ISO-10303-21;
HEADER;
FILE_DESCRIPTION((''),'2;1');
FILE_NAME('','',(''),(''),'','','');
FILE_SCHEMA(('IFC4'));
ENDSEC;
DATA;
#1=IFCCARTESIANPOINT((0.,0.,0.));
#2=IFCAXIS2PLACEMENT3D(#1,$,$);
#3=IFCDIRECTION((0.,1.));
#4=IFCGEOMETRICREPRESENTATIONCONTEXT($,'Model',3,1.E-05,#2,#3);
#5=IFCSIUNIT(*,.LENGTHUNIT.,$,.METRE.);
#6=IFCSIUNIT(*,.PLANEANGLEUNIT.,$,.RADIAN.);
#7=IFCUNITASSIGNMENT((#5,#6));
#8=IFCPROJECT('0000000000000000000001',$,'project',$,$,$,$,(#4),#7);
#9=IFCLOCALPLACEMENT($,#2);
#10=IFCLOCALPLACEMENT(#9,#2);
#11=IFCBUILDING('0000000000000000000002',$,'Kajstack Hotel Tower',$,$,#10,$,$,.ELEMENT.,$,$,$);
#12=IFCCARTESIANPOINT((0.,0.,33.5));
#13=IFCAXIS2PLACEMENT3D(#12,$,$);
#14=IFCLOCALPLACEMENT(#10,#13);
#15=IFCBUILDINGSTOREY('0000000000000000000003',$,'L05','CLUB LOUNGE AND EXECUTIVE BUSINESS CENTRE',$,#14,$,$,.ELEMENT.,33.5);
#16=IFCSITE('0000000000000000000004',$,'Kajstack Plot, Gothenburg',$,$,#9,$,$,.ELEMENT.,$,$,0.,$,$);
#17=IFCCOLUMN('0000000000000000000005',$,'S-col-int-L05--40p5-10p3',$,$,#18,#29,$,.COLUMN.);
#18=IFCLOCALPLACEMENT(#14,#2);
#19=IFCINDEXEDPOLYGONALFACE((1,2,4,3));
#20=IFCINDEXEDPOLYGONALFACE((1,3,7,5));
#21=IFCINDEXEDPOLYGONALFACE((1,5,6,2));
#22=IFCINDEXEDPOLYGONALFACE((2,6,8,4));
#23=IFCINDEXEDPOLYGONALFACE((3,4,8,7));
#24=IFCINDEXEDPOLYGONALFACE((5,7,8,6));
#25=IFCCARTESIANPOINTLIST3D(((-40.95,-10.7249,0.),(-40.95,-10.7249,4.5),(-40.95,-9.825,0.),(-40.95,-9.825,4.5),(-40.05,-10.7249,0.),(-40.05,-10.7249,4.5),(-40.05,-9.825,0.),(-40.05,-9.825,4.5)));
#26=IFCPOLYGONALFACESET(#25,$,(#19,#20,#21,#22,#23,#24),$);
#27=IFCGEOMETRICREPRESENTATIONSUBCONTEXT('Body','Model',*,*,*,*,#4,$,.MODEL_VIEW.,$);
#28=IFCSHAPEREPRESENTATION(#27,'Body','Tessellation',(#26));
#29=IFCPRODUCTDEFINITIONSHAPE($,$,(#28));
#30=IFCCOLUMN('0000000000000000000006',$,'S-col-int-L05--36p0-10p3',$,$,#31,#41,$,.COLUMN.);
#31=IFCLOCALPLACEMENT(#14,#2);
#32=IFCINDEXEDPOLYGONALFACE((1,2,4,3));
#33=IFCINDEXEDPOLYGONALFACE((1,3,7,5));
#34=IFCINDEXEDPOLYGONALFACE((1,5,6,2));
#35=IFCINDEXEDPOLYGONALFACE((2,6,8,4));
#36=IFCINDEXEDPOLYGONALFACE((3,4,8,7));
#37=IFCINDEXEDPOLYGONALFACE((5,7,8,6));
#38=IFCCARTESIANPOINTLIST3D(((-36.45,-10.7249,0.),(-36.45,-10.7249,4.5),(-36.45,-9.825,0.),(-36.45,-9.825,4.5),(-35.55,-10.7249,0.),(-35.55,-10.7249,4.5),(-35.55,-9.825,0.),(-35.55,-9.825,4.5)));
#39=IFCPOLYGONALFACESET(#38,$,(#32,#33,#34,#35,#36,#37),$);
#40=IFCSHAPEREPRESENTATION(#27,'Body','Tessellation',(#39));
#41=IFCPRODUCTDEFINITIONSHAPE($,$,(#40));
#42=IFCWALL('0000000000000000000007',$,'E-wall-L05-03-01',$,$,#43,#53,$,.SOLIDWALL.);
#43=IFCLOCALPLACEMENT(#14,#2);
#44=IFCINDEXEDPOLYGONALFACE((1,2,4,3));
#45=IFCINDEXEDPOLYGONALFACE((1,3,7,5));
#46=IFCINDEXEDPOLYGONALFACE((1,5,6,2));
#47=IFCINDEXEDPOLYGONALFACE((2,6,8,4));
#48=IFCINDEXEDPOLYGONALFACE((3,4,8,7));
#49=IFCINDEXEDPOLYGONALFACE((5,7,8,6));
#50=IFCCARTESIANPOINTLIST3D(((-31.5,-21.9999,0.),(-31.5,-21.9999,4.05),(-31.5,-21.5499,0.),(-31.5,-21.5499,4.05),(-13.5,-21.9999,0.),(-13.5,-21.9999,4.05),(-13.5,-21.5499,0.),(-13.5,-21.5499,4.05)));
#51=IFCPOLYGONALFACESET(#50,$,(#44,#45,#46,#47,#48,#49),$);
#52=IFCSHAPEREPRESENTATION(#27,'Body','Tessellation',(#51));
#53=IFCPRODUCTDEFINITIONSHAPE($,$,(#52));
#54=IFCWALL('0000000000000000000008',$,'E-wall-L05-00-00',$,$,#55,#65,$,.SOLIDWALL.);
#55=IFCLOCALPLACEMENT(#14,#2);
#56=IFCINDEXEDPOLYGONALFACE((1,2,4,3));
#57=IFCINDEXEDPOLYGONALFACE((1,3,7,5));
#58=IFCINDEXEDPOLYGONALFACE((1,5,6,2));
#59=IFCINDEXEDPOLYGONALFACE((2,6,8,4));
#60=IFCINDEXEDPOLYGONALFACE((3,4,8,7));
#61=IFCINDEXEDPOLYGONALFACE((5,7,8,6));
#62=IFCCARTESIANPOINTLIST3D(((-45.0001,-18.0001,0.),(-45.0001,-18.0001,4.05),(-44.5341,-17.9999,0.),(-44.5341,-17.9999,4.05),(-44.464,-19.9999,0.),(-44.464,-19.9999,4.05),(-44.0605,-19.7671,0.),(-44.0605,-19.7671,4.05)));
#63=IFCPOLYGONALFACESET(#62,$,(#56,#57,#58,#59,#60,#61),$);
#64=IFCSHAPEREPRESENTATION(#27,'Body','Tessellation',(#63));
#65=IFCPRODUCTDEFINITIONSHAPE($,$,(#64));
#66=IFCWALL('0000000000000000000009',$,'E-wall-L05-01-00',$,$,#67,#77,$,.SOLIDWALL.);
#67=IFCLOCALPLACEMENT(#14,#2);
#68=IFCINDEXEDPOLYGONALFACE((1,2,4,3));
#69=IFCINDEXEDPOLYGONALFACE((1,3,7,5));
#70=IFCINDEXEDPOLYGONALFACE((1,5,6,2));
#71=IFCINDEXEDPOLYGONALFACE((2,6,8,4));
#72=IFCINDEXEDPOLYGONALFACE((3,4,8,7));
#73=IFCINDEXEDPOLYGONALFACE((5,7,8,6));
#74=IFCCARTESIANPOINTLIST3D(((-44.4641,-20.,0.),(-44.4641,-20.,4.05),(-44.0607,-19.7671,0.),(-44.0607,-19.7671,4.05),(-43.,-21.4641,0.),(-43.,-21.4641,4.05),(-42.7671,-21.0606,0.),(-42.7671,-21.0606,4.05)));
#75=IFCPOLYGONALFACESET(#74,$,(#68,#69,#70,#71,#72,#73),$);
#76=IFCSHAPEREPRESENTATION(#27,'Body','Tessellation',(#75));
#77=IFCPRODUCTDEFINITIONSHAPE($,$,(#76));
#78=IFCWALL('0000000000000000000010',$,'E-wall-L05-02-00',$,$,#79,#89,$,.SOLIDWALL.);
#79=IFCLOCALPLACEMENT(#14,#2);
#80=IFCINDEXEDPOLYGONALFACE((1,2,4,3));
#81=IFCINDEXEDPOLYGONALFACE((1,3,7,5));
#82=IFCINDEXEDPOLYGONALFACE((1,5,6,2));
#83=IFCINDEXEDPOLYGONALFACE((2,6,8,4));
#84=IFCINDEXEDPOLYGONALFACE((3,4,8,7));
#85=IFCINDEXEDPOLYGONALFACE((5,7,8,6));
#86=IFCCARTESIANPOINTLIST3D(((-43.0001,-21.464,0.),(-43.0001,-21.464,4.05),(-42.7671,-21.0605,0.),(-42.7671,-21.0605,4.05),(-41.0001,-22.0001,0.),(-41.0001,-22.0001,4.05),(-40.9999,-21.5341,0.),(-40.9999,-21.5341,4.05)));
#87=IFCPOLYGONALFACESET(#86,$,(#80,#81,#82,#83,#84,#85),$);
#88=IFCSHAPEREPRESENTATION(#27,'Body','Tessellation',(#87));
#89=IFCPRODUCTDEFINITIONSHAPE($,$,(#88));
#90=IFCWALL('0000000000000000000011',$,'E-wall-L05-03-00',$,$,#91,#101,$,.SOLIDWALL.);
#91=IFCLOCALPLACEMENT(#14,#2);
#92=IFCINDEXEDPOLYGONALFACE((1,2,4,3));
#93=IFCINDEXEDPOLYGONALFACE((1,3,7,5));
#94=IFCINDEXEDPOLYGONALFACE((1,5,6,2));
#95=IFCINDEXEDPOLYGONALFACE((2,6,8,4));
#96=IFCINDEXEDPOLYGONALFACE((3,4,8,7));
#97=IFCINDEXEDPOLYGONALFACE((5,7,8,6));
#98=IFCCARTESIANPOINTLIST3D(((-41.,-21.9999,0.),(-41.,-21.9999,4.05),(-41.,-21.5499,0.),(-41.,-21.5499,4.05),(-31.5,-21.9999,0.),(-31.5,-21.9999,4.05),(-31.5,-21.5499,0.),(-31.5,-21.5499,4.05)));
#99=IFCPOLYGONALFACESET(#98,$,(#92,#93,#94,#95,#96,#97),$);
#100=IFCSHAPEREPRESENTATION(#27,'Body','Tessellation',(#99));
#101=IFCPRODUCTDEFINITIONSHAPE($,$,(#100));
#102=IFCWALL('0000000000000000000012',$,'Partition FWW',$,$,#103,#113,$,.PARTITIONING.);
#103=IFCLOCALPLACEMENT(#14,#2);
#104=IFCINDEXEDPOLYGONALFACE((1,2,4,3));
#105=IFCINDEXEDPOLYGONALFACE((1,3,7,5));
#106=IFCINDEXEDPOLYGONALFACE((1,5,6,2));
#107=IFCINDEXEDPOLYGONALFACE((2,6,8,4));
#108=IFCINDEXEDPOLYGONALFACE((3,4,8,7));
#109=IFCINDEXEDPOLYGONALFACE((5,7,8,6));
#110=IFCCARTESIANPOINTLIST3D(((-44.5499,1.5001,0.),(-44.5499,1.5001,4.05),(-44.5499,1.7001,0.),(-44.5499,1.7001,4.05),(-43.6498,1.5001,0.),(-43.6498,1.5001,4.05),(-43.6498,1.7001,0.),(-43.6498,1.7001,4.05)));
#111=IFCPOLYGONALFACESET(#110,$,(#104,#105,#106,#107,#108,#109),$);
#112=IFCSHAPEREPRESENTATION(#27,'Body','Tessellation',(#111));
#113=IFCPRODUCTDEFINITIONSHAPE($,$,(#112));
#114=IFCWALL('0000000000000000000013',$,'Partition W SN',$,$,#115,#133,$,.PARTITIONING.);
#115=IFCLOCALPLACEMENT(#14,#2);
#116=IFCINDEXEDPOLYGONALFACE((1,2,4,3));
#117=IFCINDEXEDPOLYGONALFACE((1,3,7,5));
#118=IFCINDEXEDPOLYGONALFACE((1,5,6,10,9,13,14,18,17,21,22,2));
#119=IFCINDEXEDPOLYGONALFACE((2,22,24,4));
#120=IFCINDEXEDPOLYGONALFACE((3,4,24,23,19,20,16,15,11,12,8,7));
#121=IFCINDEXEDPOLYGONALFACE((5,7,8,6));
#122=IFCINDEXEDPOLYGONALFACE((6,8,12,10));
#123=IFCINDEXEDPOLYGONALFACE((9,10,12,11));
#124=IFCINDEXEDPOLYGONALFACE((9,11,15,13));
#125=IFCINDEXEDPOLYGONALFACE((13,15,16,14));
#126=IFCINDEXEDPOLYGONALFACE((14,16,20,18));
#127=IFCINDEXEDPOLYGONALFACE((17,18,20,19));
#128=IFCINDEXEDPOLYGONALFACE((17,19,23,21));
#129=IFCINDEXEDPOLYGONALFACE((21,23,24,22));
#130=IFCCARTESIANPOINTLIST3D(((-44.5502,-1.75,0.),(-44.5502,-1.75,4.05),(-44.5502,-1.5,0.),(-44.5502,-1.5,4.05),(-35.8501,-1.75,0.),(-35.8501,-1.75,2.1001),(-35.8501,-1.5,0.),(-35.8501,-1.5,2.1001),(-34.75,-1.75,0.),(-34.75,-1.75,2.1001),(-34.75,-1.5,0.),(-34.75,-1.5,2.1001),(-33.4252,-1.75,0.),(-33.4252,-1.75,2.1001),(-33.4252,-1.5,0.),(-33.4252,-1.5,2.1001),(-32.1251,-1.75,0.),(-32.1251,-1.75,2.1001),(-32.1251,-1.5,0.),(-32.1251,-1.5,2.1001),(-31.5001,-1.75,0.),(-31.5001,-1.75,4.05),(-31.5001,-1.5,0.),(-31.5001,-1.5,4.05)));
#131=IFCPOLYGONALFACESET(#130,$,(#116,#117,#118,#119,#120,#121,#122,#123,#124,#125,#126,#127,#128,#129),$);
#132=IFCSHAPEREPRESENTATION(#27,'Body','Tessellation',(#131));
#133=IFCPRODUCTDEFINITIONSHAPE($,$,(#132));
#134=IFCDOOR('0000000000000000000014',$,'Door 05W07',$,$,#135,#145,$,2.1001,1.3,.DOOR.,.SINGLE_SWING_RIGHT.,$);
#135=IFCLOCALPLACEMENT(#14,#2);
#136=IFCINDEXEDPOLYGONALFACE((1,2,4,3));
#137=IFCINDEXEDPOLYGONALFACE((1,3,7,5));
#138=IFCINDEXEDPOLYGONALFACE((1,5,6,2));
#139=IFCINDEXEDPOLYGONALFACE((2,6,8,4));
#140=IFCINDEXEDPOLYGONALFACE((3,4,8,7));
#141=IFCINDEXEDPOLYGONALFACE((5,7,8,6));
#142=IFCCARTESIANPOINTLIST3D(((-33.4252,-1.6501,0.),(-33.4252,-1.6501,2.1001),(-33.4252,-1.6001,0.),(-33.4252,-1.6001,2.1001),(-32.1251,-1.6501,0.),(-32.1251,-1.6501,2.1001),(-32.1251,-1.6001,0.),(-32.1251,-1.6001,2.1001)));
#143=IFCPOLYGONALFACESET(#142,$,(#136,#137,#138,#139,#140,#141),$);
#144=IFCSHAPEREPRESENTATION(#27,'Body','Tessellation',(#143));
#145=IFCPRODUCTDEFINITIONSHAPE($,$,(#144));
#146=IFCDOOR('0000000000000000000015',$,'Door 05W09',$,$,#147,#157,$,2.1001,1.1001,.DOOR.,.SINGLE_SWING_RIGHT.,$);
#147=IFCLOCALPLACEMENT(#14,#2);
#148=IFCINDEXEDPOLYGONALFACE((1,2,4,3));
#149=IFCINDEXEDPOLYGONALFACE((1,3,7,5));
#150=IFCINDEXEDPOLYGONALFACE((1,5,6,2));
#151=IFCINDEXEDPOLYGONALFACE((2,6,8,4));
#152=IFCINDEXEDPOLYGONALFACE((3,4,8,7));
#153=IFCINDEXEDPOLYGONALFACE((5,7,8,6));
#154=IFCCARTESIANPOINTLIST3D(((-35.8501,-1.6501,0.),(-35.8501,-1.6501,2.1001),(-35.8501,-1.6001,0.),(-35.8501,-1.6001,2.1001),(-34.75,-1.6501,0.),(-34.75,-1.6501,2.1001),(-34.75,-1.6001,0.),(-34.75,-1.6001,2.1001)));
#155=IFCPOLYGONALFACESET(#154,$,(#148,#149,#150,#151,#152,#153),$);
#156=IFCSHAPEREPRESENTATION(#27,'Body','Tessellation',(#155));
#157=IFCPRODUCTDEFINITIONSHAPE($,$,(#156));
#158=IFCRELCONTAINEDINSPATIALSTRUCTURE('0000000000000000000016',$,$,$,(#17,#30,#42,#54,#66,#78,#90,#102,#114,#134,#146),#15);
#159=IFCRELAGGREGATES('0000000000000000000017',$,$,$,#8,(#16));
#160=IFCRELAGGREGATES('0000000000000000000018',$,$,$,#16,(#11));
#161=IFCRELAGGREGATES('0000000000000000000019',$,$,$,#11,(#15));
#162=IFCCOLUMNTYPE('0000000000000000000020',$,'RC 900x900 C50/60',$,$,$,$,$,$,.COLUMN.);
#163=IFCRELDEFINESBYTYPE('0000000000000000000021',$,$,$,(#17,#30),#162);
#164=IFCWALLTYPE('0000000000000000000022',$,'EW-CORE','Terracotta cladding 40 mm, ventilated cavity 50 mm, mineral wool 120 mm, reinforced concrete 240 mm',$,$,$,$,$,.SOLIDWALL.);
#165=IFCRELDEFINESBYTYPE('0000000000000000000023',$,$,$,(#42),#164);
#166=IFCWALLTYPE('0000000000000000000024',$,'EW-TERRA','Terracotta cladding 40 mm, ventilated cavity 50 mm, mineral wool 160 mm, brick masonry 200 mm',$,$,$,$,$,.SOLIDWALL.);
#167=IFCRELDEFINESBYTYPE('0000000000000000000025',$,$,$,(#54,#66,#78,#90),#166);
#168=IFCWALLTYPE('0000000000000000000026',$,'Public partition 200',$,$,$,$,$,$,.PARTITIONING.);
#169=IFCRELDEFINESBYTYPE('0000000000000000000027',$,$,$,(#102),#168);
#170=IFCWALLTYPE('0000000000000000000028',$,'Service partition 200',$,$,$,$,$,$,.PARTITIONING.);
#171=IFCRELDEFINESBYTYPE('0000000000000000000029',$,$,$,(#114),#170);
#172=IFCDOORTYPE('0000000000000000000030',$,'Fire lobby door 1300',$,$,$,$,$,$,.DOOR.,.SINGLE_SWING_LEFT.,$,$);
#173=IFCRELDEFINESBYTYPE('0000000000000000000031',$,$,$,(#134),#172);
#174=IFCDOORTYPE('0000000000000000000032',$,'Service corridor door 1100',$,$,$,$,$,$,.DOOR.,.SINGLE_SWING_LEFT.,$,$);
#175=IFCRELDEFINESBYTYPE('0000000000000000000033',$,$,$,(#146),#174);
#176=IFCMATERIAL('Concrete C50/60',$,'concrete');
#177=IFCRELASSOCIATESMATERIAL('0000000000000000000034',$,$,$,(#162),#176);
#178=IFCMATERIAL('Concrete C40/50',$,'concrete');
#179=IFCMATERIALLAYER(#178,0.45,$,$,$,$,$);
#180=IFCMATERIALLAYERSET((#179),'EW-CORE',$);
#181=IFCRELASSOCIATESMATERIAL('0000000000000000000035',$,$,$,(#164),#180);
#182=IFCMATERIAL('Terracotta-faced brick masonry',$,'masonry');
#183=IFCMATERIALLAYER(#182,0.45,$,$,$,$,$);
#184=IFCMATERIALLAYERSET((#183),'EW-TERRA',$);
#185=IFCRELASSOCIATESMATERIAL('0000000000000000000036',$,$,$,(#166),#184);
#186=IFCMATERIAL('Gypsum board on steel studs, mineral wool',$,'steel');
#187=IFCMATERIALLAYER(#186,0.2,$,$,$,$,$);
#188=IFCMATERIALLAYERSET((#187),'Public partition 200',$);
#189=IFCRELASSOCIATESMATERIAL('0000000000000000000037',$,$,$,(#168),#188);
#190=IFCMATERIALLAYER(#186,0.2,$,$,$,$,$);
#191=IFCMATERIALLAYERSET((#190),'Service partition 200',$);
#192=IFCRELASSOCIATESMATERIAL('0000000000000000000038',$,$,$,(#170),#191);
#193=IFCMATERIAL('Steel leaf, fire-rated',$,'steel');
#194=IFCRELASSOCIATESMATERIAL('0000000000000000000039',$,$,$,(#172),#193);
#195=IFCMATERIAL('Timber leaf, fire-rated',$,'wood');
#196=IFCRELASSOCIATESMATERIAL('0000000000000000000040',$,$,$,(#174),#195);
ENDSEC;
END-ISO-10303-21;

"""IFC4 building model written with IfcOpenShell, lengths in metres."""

from ifc_helpers import new_model, si_unit, direction, frame, frame_2d, origin, origin_2d, place, context, subcontext, project, spatial, polyline, rectangle, outline, extrude, material, layer, layer_set, material_profile, profile_set, type_object, element, fill, save


model = new_model("IFC4")

# Units and contexts
model_context = context("Model", 3, precision=1e-05, world=origin(), true_north=direction((0.0, 1.0)))
body_context = subcontext(model_context, "Body", "Model", "MODEL_VIEW")
ifc_project = project(units=[si_unit("LENGTHUNIT", "METRE"), si_unit("PLANEANGLEUNIT", "RADIAN")], contexts=[model_context])

# Site, building, storey
site_placement = place(None, origin())
site = spatial("IfcSite", under=ifc_project, at=site_placement, Name="Kajstack Plot, Gothenburg", CompositionType="ELEMENT", RefElevation=0.0)
building_placement = place(site_placement, origin())
building = spatial("IfcBuilding", under=site, at=building_placement, Name="Kajstack Hotel Tower", CompositionType="ELEMENT")
storey_placement = place(building_placement, frame((0.0, 0.0, 33.5)))
storey = spatial("IfcBuildingStorey", under=building, at=storey_placement, Name="L05", Description="CLUB LOUNGE AND EXECUTIVE BUSINESS CENTRE", CompositionType="ELEMENT", Elevation=33.5)

# Columns
ifc_material_1 = material(Name="Concrete C50/60", Category="concrete")
ifc_material_profile = material_profile(ifc_material_1, rectangle(XDim=0.8999, YDim=0.8999, at=origin_2d()), Name="RC 900x900")
ifc_profile_set = profile_set([ifc_material_profile], Name="Concrete C50/60")
column_type = type_object("IfcColumnType", Name="RC 900x900 C50/60", PredefinedType="COLUMN", material=ifc_profile_set)
for number, where, z_axis, x_axis, name in (
    (1, (-40.5, -10.2749, 0.0), (0.0, 0.0, 1.0), (1.0, 0.0, 0.0), "S-col-int-L05--40p5-10p3"),
    (2, (-36.0, -10.2749, 0.0), (0.0, 0.0, 1.0), (1.0, 0.0, 0.0), "S-col-int-L05--36p0-10p3"),
):
    element("IfcColumn", number, at=place(storey_placement, frame(where, z_axis=z_axis, x_axis=x_axis)), inside=storey, type_object=column_type, Name=name, PredefinedType="COLUMN", context=body_context, shape_type="SweptSolid", body=[
        extrude(rectangle(XDim=0.8999, YDim=0.8999, at=origin_2d()), origin(), (0.0, 0.0, 1.0), 4.5),
    ])

# Walls
ifc_material_2 = material(Name="Concrete C40/50", Category="concrete")
ifc_layer_1 = layer(ifc_material_2, 0.45)
ifc_layer_set_1 = layer_set([ifc_layer_1], Name="EW-CORE")
wall_type_1 = type_object("IfcWallType", Name="EW-CORE", Description="Terracotta cladding 40 mm, ventilated cavity 50 mm, mineral wool 120 mm, reinforced concrete 240 mm", PredefinedType="SOLIDWALL", material=ifc_layer_set_1)
wall_1_placement = place(storey_placement, frame((-31.5, -21.7749, 0.0), z_axis=(0.0, 0.0, 1.0), x_axis=(1.0, 0.0, 0.0)))
element("IfcWall", 3, at=wall_1_placement, inside=storey, type_object=wall_type_1, Name="E-wall-L05-03-01", PredefinedType="SOLIDWALL", context=body_context, shape_type="SweptSolid", body=[
    extrude(rectangle(XDim=18.0, YDim=0.45, at=frame_2d((9.0, 0.0))), origin(), (0.0, 0.0, 1.0), 4.05),
])
ifc_material_3 = material(Name="Terracotta-faced brick masonry", Category="masonry")
ifc_layer_2 = layer(ifc_material_3, 0.45)
ifc_layer_set_2 = layer_set([ifc_layer_2], Name="EW-TERRA")
wall_type_2 = type_object("IfcWallType", Name="EW-TERRA", Description="Terracotta cladding 40 mm, ventilated cavity 50 mm, mineral wool 160 mm, brick masonry 200 mm", PredefinedType="SOLIDWALL", material=ifc_layer_set_2)
wall_2_placement = place(storey_placement, frame((-44.7827, -17.9417, 0.0), z_axis=(0.0, 0.0, 1.0), x_axis=(0.258815, -0.965927, 0.0)))
element("IfcWall", 4, at=wall_2_placement, inside=storey, type_object=wall_type_2, Name="E-wall-L05-00-00", PredefinedType="SOLIDWALL", context=body_context, shape_type="SweptSolid", body=[
    extrude(outline(polyline([(0.0002, -0.2251), (2.0706, -0.2249), (1.9502, 0.2251), (0.1206, 0.2251), (0.0002, -0.2251)])), origin(), (0.0, 0.0, 1.0), 4.05),
])
wall_3_placement = place(storey_placement, frame((-44.3049, -19.8408, 0.0), z_axis=(0.0, 0.0, 1.0), x_axis=(0.707107, -0.707107, 0.0)))
element("IfcWall", 5, at=wall_3_placement, inside=storey, type_object=wall_type_2, Name="E-wall-L05-01-00", PredefinedType="SOLIDWALL", context=body_context, shape_type="SweptSolid", body=[
    extrude(outline(polyline([(0.0, -0.2251), (2.0706, -0.2251), (1.95, 0.2249), (0.1206, 0.2249), (0.0, -0.2251)])), origin(), (0.0, 0.0, 1.0), 4.05),
])
wall_4_placement = place(storey_placement, frame((-42.9417, -21.2468, 0.0), z_axis=(0.0, 0.0, 1.0), x_axis=(0.965927, -0.258815, 0.0)))
element("IfcWall", 6, at=wall_4_placement, inside=storey, type_object=wall_type_2, Name="E-wall-L05-02-00", PredefinedType="SOLIDWALL", context=body_context, shape_type="SweptSolid", body=[
    extrude(outline(polyline([(-0.0002, -0.2249), (2.0703, -0.2251), (1.95, 0.2251), (0.1204, 0.2251), (-0.0002, -0.2249)])), origin(), (0.0, 0.0, 1.0), 4.05),
])
wall_5_placement = place(storey_placement, frame((-41.0, -21.7749, 0.0), z_axis=(0.0, 0.0, 1.0), x_axis=(1.0, 0.0, 0.0)))
element("IfcWall", 7, at=wall_5_placement, inside=storey, type_object=wall_type_2, Name="E-wall-L05-03-00", PredefinedType="SOLIDWALL", context=body_context, shape_type="SweptSolid", body=[
    extrude(rectangle(XDim=9.5, YDim=0.45, at=frame_2d((4.75, 0.0))), origin(), (0.0, 0.0, 1.0), 4.05),
])
ifc_material_4 = material(Name="Gypsum board on steel studs, mineral wool", Category="steel")
ifc_layer_3 = layer(ifc_material_4, 0.2)
ifc_layer_set_3 = layer_set([ifc_layer_3], Name="Public partition 200")
wall_type_3 = type_object("IfcWallType", Name="Public partition 200", PredefinedType="PARTITIONING", material=ifc_layer_set_3)
wall_6_placement = place(storey_placement, frame((-44.55, 1.6001, 0.0), z_axis=(0.0, 0.0, 1.0), x_axis=(1.0, 0.0, 0.0)))
element("IfcWall", 8, at=wall_6_placement, inside=storey, type_object=wall_type_3, Name="Partition FWW", PredefinedType="PARTITIONING", context=body_context, shape_type="SweptSolid", body=[
    extrude(rectangle(XDim=0.9001, YDim=0.2, at=frame_2d((0.4502, 0.0))), origin(), (0.0, 0.0, 1.0), 4.05),
])

# Wall, openings, doors
ifc_layer_4 = layer(ifc_material_4, 0.2)
ifc_layer_set_4 = layer_set([ifc_layer_4], Name="Service partition 200")
wall_type_4 = type_object("IfcWallType", Name="Service partition 200", PredefinedType="PARTITIONING", material=ifc_layer_set_4)
wall_7_placement = place(storey_placement, frame((-44.55, -1.625, 0.0), z_axis=(0.0, 0.0, 1.0), x_axis=(1.0, 0.0, 0.0)))
wall_7 = element("IfcWall", 9, at=wall_7_placement, inside=storey, type_object=wall_type_4, Name="Partition W SN", PredefinedType="PARTITIONING", context=body_context, shape_type="SweptSolid", body=[
    extrude(rectangle(XDim=13.05, YDim=0.25, at=frame_2d((6.5249, 0.0))), origin(), (0.0, 0.0, 1.0), 4.05),
])
opening_1_placement = place(wall_7_placement, frame((11.125, 0.0, 0.0)))
opening_1 = element("IfcOpeningElement", 10, at=opening_1_placement, cuts=wall_7, PredefinedType="OPENING", context=body_context, shape_type="SweptSolid", body=[
    extrude(rectangle(XDim=1.3, YDim=2.1001, at=frame_2d((0.6499, 1.05))), frame((0.0, 0.135, 0.0), z_axis=(0.0, -1.0, 0.0), x_axis=(1.0, 0.0, 0.0)), (0.0, 0.0, 1.0), 0.27),
])
opening_2_placement = place(wall_7_placement, frame((8.7, 0.0, 0.0)))
opening_2 = element("IfcOpeningElement", 11, at=opening_2_placement, cuts=wall_7, PredefinedType="OPENING", context=body_context, shape_type="SweptSolid", body=[
    extrude(rectangle(XDim=1.1001, YDim=2.1001, at=frame_2d((0.55, 1.05))), frame((0.0, 0.135, 0.0), z_axis=(0.0, -1.0, 0.0), x_axis=(1.0, 0.0, 0.0)), (0.0, 0.0, 1.0), 0.27),
])
ifc_material_5 = material(Name="Steel leaf, fire-rated", Category="steel")
door_type_1 = type_object("IfcDoorType", Name="Fire lobby door 1300", OperationType="SINGLE_SWING_LEFT", PredefinedType="DOOR", material=ifc_material_5)
door_1_placement = place(opening_1_placement, origin())
door_1 = element("IfcDoor", 12, at=door_1_placement, inside=storey, type_object=door_type_1, Name="Door 05W07", OperationType="SINGLE_SWING_RIGHT", OverallHeight=2.1001, OverallWidth=1.3, PredefinedType="DOOR", context=body_context, shape_type="SweptSolid", body=[
    extrude(rectangle(XDim=1.3, YDim=2.1001, at=frame_2d((0.6499, 1.05))), frame((0.0, 0.0249, 0.0), z_axis=(0.0, -1.0, 0.0), x_axis=(1.0, 0.0, 0.0)), (0.0, 0.0, 1.0), 0.05),
])
fill(opening_1, door_1)
ifc_material_6 = material(Name="Timber leaf, fire-rated", Category="wood")
door_type_2 = type_object("IfcDoorType", Name="Service corridor door 1100", OperationType="SINGLE_SWING_LEFT", PredefinedType="DOOR", material=ifc_material_6)
door_2_placement = place(opening_2_placement, origin())
door_2 = element("IfcDoor", 13, at=door_2_placement, inside=storey, type_object=door_type_2, Name="Door 05W09", OperationType="SINGLE_SWING_RIGHT", OverallHeight=2.1001, OverallWidth=1.1001, PredefinedType="DOOR", context=body_context, shape_type="SweptSolid", body=[
    extrude(rectangle(XDim=1.1001, YDim=2.1001, at=frame_2d((0.55, 1.05))), frame((0.0, 0.0249, 0.0), z_axis=(0.0, -1.0, 0.0), x_axis=(1.0, 0.0, 0.0)), (0.0, 0.0, 1.0), 0.05),
])
fill(opening_2, door_2)

save(model, "model.ifc")
